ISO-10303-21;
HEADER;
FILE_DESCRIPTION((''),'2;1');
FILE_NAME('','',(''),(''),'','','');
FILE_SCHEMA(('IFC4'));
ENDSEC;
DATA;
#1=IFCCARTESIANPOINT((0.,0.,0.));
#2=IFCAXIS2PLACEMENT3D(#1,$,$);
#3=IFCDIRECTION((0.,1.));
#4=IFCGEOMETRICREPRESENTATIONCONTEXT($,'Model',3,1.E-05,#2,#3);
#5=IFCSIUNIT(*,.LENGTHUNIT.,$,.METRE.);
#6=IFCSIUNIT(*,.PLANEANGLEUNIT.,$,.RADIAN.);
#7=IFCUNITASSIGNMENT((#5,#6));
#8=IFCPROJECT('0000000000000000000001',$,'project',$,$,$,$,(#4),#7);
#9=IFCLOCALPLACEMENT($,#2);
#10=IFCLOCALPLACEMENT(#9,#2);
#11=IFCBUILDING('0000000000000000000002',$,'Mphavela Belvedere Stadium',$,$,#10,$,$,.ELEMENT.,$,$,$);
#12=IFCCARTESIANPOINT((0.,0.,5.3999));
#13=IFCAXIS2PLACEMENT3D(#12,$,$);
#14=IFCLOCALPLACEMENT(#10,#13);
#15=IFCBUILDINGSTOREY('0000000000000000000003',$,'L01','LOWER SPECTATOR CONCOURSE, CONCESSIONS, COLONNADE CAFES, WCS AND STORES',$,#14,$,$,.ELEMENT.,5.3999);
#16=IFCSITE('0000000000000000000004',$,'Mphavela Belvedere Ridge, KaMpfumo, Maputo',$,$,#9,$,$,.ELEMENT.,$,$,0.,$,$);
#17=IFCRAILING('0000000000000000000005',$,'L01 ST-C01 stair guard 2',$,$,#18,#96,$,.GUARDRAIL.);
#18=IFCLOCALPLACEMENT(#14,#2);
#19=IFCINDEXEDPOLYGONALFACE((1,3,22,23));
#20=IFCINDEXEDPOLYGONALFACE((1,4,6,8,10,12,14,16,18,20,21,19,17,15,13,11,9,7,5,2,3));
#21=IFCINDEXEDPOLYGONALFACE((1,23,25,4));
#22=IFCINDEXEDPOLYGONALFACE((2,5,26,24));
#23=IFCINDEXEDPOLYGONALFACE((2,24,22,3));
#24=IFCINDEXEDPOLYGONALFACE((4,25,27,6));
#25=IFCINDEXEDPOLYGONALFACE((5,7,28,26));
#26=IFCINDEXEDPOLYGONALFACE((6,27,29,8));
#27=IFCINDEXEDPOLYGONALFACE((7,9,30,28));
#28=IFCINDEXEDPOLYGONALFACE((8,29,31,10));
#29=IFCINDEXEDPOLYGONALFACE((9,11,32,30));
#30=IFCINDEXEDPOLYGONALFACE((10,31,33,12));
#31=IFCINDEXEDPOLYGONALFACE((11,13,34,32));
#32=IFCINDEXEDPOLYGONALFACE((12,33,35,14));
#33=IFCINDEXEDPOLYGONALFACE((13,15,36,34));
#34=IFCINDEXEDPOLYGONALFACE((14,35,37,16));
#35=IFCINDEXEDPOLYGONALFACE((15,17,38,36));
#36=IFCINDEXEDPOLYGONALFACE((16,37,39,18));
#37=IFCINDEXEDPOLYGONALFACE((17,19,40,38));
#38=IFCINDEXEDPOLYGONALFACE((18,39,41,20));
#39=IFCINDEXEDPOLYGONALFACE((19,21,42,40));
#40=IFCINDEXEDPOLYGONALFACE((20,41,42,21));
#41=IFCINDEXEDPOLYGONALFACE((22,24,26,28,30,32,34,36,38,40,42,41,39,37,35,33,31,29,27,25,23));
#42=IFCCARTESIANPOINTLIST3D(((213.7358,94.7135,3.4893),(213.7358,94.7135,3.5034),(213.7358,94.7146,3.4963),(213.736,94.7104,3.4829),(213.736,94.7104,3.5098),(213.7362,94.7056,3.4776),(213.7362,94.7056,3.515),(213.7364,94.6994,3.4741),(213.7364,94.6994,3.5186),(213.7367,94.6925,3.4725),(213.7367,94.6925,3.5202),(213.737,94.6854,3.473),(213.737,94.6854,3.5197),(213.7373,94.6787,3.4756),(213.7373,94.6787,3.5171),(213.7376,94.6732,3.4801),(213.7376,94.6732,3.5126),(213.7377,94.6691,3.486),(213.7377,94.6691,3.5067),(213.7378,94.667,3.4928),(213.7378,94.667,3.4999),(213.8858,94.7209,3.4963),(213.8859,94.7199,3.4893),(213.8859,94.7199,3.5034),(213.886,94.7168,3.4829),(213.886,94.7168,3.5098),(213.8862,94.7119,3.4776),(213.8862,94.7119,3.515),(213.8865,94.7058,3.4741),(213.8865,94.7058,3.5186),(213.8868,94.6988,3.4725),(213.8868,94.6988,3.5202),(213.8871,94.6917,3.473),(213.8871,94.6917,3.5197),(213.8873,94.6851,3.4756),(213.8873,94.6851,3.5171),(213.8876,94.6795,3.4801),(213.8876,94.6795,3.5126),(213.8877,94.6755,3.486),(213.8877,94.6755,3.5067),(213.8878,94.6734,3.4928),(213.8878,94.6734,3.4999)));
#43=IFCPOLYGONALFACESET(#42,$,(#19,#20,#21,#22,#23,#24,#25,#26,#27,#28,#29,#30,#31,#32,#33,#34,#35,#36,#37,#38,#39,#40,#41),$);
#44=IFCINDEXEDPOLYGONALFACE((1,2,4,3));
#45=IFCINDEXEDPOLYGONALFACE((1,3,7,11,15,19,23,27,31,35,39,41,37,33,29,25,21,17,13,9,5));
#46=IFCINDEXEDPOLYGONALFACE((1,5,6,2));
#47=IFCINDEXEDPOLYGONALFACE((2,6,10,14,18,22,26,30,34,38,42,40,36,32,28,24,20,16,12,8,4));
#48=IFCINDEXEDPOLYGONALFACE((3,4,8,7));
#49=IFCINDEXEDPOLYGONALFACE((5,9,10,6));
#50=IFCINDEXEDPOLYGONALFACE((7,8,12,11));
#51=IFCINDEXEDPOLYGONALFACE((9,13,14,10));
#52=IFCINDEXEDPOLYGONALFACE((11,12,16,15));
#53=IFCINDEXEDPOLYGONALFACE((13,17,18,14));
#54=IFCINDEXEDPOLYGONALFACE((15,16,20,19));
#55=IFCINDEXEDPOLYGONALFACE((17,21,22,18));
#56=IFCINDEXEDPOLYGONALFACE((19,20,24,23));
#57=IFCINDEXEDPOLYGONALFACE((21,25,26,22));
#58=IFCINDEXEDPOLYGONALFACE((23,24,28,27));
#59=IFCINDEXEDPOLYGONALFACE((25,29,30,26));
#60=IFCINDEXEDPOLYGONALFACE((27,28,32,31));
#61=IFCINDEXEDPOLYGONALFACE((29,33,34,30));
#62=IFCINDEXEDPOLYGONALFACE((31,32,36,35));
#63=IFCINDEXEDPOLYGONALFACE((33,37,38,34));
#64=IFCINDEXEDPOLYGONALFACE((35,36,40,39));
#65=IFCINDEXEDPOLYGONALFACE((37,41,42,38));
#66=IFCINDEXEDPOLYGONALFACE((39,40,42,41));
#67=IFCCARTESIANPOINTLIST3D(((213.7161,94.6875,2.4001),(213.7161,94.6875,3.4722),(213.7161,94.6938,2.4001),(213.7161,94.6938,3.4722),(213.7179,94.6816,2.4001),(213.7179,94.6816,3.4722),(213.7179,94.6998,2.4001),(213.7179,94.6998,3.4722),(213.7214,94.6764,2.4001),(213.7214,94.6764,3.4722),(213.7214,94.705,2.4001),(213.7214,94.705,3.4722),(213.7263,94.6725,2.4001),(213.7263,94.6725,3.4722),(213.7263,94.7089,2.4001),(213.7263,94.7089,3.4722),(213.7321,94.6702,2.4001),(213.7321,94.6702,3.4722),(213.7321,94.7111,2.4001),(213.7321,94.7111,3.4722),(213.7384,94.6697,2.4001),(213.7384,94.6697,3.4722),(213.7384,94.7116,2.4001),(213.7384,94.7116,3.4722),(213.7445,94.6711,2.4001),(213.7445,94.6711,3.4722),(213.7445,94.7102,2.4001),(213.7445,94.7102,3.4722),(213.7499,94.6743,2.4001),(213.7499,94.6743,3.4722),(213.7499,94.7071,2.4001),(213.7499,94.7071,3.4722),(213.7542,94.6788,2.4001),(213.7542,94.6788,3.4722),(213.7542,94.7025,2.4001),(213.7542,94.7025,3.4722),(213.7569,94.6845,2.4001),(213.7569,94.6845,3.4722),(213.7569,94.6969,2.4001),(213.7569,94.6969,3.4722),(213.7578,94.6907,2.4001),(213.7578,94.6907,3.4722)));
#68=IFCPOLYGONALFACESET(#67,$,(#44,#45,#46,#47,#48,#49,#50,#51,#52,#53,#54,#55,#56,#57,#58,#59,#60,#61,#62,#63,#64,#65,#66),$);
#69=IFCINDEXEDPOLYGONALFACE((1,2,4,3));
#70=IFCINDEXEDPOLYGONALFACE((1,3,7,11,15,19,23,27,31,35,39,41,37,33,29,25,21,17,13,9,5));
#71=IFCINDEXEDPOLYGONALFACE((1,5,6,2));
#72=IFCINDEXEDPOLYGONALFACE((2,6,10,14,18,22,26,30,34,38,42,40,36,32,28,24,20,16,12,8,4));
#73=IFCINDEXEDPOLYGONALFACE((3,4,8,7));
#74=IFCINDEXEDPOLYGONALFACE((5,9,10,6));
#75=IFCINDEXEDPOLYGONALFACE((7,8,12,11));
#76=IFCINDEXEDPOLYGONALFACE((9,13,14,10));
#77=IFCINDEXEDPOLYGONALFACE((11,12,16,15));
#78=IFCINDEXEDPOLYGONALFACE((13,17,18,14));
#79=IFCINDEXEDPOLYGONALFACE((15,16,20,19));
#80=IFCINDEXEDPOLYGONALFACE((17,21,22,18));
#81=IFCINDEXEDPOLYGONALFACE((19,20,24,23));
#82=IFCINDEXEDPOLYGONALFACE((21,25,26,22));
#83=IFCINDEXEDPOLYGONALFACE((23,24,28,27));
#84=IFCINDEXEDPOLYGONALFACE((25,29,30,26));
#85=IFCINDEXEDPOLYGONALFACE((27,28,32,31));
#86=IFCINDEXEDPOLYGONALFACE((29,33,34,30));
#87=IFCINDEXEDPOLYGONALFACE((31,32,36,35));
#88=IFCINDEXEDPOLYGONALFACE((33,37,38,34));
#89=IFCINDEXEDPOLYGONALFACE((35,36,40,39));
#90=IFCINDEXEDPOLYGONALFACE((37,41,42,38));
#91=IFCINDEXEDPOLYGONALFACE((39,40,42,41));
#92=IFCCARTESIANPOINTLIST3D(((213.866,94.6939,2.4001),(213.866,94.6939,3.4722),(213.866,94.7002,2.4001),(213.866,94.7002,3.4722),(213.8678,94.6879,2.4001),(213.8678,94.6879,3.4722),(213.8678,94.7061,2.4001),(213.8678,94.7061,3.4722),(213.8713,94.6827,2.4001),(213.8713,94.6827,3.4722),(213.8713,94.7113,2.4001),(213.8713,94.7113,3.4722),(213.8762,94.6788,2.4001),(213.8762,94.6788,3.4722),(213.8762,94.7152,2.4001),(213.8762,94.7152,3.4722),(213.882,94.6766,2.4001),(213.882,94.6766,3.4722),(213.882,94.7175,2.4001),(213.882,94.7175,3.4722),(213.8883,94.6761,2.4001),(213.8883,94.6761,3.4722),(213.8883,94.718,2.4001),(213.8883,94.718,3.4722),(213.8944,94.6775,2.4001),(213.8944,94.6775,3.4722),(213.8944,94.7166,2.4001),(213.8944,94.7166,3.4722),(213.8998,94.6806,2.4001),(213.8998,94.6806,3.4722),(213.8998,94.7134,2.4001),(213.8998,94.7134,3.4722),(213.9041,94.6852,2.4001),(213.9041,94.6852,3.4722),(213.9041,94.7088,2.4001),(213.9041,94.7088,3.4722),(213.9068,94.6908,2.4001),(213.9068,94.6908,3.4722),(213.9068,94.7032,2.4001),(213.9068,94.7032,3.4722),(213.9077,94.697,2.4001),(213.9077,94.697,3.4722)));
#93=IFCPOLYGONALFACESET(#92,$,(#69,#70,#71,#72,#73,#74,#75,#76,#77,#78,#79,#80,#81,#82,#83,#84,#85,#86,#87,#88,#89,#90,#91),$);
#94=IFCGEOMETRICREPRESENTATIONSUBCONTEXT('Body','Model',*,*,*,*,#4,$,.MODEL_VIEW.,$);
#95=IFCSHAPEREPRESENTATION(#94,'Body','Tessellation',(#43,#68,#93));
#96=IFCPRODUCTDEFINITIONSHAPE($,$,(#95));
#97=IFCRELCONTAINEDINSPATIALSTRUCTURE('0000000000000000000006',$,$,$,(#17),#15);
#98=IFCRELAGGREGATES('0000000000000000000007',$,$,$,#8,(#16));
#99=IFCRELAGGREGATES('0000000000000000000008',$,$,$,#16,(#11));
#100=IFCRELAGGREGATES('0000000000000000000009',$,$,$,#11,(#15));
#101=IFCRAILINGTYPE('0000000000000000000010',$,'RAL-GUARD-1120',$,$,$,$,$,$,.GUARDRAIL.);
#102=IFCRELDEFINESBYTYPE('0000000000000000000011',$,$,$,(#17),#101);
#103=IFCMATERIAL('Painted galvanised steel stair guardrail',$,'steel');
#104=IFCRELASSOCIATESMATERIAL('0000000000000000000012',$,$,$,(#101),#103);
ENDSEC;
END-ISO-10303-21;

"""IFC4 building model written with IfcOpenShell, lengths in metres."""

from ifc_helpers import new_model, si_unit, direction, frame, origin, origin_2d, place, context, subcontext, project, spatial, circle, extrude, material, type_object, element, save


model = new_model("IFC4")

# Units and contexts
model_context = context("Model", 3, precision=1e-05, world=origin(), true_north=direction((0.0, 1.0)))
body_context = subcontext(model_context, "Body", "Model", "MODEL_VIEW")
ifc_project = project(units=[si_unit("LENGTHUNIT", "METRE"), si_unit("PLANEANGLEUNIT", "RADIAN")], contexts=[model_context])

# Site, building, storey
site_placement = place(None, origin())
site = spatial("IfcSite", under=ifc_project, at=site_placement, Name="Mphavela Belvedere Ridge, KaMpfumo, Maputo", CompositionType="ELEMENT", RefElevation=0.0)
building_placement = place(site_placement, origin())
building = spatial("IfcBuilding", under=site, at=building_placement, Name="Mphavela Belvedere Stadium", CompositionType="ELEMENT")
storey_placement = place(building_placement, frame((0.0, 0.0, 5.3999)))
storey = spatial("IfcBuildingStorey", under=building, at=storey_placement, Name="L01", Description="LOWER SPECTATOR CONCOURSE, CONCESSIONS, COLONNADE CAFES, WCS AND STORES", CompositionType="ELEMENT", Elevation=5.3999)

# Railing
ifc_material_1 = material(Name="Painted galvanised steel stair guardrail", Category="steel")
railing_type_1 = type_object("IfcRailingType", Name="RAL-GUARD-1120", PredefinedType="GUARDRAIL", material=ifc_material_1)
railing_1_placement = place(storey_placement, frame((213.7368, 94.6907, 2.4001)))
element("IfcRailing", 1, at=railing_1_placement, inside=storey, type_object=railing_type_1, Name="L01 ST-C01 stair guard 2", PredefinedType="GUARDRAIL", context=body_context, shape_type="SweptSolid", body=[
    extrude(circle(Radius=0.0239, at=origin_2d()), frame((0.0, 0.0, 1.0962), z_axis=(0.999105, 0.042307, 0.0), x_axis=(-0.042307, 0.999105, 0.0)), (0.0, 0.0, 1.0), 0.1501),
    extrude(circle(Radius=0.021, at=origin_2d()), origin(), (0.0, 0.0, 1.0), 1.072),
    extrude(circle(Radius=0.021, at=origin_2d()), frame((0.1499, 0.0063, 0.0)), (0.0, 0.0, 1.0), 1.072),
])

save(model, "model.ifc")
